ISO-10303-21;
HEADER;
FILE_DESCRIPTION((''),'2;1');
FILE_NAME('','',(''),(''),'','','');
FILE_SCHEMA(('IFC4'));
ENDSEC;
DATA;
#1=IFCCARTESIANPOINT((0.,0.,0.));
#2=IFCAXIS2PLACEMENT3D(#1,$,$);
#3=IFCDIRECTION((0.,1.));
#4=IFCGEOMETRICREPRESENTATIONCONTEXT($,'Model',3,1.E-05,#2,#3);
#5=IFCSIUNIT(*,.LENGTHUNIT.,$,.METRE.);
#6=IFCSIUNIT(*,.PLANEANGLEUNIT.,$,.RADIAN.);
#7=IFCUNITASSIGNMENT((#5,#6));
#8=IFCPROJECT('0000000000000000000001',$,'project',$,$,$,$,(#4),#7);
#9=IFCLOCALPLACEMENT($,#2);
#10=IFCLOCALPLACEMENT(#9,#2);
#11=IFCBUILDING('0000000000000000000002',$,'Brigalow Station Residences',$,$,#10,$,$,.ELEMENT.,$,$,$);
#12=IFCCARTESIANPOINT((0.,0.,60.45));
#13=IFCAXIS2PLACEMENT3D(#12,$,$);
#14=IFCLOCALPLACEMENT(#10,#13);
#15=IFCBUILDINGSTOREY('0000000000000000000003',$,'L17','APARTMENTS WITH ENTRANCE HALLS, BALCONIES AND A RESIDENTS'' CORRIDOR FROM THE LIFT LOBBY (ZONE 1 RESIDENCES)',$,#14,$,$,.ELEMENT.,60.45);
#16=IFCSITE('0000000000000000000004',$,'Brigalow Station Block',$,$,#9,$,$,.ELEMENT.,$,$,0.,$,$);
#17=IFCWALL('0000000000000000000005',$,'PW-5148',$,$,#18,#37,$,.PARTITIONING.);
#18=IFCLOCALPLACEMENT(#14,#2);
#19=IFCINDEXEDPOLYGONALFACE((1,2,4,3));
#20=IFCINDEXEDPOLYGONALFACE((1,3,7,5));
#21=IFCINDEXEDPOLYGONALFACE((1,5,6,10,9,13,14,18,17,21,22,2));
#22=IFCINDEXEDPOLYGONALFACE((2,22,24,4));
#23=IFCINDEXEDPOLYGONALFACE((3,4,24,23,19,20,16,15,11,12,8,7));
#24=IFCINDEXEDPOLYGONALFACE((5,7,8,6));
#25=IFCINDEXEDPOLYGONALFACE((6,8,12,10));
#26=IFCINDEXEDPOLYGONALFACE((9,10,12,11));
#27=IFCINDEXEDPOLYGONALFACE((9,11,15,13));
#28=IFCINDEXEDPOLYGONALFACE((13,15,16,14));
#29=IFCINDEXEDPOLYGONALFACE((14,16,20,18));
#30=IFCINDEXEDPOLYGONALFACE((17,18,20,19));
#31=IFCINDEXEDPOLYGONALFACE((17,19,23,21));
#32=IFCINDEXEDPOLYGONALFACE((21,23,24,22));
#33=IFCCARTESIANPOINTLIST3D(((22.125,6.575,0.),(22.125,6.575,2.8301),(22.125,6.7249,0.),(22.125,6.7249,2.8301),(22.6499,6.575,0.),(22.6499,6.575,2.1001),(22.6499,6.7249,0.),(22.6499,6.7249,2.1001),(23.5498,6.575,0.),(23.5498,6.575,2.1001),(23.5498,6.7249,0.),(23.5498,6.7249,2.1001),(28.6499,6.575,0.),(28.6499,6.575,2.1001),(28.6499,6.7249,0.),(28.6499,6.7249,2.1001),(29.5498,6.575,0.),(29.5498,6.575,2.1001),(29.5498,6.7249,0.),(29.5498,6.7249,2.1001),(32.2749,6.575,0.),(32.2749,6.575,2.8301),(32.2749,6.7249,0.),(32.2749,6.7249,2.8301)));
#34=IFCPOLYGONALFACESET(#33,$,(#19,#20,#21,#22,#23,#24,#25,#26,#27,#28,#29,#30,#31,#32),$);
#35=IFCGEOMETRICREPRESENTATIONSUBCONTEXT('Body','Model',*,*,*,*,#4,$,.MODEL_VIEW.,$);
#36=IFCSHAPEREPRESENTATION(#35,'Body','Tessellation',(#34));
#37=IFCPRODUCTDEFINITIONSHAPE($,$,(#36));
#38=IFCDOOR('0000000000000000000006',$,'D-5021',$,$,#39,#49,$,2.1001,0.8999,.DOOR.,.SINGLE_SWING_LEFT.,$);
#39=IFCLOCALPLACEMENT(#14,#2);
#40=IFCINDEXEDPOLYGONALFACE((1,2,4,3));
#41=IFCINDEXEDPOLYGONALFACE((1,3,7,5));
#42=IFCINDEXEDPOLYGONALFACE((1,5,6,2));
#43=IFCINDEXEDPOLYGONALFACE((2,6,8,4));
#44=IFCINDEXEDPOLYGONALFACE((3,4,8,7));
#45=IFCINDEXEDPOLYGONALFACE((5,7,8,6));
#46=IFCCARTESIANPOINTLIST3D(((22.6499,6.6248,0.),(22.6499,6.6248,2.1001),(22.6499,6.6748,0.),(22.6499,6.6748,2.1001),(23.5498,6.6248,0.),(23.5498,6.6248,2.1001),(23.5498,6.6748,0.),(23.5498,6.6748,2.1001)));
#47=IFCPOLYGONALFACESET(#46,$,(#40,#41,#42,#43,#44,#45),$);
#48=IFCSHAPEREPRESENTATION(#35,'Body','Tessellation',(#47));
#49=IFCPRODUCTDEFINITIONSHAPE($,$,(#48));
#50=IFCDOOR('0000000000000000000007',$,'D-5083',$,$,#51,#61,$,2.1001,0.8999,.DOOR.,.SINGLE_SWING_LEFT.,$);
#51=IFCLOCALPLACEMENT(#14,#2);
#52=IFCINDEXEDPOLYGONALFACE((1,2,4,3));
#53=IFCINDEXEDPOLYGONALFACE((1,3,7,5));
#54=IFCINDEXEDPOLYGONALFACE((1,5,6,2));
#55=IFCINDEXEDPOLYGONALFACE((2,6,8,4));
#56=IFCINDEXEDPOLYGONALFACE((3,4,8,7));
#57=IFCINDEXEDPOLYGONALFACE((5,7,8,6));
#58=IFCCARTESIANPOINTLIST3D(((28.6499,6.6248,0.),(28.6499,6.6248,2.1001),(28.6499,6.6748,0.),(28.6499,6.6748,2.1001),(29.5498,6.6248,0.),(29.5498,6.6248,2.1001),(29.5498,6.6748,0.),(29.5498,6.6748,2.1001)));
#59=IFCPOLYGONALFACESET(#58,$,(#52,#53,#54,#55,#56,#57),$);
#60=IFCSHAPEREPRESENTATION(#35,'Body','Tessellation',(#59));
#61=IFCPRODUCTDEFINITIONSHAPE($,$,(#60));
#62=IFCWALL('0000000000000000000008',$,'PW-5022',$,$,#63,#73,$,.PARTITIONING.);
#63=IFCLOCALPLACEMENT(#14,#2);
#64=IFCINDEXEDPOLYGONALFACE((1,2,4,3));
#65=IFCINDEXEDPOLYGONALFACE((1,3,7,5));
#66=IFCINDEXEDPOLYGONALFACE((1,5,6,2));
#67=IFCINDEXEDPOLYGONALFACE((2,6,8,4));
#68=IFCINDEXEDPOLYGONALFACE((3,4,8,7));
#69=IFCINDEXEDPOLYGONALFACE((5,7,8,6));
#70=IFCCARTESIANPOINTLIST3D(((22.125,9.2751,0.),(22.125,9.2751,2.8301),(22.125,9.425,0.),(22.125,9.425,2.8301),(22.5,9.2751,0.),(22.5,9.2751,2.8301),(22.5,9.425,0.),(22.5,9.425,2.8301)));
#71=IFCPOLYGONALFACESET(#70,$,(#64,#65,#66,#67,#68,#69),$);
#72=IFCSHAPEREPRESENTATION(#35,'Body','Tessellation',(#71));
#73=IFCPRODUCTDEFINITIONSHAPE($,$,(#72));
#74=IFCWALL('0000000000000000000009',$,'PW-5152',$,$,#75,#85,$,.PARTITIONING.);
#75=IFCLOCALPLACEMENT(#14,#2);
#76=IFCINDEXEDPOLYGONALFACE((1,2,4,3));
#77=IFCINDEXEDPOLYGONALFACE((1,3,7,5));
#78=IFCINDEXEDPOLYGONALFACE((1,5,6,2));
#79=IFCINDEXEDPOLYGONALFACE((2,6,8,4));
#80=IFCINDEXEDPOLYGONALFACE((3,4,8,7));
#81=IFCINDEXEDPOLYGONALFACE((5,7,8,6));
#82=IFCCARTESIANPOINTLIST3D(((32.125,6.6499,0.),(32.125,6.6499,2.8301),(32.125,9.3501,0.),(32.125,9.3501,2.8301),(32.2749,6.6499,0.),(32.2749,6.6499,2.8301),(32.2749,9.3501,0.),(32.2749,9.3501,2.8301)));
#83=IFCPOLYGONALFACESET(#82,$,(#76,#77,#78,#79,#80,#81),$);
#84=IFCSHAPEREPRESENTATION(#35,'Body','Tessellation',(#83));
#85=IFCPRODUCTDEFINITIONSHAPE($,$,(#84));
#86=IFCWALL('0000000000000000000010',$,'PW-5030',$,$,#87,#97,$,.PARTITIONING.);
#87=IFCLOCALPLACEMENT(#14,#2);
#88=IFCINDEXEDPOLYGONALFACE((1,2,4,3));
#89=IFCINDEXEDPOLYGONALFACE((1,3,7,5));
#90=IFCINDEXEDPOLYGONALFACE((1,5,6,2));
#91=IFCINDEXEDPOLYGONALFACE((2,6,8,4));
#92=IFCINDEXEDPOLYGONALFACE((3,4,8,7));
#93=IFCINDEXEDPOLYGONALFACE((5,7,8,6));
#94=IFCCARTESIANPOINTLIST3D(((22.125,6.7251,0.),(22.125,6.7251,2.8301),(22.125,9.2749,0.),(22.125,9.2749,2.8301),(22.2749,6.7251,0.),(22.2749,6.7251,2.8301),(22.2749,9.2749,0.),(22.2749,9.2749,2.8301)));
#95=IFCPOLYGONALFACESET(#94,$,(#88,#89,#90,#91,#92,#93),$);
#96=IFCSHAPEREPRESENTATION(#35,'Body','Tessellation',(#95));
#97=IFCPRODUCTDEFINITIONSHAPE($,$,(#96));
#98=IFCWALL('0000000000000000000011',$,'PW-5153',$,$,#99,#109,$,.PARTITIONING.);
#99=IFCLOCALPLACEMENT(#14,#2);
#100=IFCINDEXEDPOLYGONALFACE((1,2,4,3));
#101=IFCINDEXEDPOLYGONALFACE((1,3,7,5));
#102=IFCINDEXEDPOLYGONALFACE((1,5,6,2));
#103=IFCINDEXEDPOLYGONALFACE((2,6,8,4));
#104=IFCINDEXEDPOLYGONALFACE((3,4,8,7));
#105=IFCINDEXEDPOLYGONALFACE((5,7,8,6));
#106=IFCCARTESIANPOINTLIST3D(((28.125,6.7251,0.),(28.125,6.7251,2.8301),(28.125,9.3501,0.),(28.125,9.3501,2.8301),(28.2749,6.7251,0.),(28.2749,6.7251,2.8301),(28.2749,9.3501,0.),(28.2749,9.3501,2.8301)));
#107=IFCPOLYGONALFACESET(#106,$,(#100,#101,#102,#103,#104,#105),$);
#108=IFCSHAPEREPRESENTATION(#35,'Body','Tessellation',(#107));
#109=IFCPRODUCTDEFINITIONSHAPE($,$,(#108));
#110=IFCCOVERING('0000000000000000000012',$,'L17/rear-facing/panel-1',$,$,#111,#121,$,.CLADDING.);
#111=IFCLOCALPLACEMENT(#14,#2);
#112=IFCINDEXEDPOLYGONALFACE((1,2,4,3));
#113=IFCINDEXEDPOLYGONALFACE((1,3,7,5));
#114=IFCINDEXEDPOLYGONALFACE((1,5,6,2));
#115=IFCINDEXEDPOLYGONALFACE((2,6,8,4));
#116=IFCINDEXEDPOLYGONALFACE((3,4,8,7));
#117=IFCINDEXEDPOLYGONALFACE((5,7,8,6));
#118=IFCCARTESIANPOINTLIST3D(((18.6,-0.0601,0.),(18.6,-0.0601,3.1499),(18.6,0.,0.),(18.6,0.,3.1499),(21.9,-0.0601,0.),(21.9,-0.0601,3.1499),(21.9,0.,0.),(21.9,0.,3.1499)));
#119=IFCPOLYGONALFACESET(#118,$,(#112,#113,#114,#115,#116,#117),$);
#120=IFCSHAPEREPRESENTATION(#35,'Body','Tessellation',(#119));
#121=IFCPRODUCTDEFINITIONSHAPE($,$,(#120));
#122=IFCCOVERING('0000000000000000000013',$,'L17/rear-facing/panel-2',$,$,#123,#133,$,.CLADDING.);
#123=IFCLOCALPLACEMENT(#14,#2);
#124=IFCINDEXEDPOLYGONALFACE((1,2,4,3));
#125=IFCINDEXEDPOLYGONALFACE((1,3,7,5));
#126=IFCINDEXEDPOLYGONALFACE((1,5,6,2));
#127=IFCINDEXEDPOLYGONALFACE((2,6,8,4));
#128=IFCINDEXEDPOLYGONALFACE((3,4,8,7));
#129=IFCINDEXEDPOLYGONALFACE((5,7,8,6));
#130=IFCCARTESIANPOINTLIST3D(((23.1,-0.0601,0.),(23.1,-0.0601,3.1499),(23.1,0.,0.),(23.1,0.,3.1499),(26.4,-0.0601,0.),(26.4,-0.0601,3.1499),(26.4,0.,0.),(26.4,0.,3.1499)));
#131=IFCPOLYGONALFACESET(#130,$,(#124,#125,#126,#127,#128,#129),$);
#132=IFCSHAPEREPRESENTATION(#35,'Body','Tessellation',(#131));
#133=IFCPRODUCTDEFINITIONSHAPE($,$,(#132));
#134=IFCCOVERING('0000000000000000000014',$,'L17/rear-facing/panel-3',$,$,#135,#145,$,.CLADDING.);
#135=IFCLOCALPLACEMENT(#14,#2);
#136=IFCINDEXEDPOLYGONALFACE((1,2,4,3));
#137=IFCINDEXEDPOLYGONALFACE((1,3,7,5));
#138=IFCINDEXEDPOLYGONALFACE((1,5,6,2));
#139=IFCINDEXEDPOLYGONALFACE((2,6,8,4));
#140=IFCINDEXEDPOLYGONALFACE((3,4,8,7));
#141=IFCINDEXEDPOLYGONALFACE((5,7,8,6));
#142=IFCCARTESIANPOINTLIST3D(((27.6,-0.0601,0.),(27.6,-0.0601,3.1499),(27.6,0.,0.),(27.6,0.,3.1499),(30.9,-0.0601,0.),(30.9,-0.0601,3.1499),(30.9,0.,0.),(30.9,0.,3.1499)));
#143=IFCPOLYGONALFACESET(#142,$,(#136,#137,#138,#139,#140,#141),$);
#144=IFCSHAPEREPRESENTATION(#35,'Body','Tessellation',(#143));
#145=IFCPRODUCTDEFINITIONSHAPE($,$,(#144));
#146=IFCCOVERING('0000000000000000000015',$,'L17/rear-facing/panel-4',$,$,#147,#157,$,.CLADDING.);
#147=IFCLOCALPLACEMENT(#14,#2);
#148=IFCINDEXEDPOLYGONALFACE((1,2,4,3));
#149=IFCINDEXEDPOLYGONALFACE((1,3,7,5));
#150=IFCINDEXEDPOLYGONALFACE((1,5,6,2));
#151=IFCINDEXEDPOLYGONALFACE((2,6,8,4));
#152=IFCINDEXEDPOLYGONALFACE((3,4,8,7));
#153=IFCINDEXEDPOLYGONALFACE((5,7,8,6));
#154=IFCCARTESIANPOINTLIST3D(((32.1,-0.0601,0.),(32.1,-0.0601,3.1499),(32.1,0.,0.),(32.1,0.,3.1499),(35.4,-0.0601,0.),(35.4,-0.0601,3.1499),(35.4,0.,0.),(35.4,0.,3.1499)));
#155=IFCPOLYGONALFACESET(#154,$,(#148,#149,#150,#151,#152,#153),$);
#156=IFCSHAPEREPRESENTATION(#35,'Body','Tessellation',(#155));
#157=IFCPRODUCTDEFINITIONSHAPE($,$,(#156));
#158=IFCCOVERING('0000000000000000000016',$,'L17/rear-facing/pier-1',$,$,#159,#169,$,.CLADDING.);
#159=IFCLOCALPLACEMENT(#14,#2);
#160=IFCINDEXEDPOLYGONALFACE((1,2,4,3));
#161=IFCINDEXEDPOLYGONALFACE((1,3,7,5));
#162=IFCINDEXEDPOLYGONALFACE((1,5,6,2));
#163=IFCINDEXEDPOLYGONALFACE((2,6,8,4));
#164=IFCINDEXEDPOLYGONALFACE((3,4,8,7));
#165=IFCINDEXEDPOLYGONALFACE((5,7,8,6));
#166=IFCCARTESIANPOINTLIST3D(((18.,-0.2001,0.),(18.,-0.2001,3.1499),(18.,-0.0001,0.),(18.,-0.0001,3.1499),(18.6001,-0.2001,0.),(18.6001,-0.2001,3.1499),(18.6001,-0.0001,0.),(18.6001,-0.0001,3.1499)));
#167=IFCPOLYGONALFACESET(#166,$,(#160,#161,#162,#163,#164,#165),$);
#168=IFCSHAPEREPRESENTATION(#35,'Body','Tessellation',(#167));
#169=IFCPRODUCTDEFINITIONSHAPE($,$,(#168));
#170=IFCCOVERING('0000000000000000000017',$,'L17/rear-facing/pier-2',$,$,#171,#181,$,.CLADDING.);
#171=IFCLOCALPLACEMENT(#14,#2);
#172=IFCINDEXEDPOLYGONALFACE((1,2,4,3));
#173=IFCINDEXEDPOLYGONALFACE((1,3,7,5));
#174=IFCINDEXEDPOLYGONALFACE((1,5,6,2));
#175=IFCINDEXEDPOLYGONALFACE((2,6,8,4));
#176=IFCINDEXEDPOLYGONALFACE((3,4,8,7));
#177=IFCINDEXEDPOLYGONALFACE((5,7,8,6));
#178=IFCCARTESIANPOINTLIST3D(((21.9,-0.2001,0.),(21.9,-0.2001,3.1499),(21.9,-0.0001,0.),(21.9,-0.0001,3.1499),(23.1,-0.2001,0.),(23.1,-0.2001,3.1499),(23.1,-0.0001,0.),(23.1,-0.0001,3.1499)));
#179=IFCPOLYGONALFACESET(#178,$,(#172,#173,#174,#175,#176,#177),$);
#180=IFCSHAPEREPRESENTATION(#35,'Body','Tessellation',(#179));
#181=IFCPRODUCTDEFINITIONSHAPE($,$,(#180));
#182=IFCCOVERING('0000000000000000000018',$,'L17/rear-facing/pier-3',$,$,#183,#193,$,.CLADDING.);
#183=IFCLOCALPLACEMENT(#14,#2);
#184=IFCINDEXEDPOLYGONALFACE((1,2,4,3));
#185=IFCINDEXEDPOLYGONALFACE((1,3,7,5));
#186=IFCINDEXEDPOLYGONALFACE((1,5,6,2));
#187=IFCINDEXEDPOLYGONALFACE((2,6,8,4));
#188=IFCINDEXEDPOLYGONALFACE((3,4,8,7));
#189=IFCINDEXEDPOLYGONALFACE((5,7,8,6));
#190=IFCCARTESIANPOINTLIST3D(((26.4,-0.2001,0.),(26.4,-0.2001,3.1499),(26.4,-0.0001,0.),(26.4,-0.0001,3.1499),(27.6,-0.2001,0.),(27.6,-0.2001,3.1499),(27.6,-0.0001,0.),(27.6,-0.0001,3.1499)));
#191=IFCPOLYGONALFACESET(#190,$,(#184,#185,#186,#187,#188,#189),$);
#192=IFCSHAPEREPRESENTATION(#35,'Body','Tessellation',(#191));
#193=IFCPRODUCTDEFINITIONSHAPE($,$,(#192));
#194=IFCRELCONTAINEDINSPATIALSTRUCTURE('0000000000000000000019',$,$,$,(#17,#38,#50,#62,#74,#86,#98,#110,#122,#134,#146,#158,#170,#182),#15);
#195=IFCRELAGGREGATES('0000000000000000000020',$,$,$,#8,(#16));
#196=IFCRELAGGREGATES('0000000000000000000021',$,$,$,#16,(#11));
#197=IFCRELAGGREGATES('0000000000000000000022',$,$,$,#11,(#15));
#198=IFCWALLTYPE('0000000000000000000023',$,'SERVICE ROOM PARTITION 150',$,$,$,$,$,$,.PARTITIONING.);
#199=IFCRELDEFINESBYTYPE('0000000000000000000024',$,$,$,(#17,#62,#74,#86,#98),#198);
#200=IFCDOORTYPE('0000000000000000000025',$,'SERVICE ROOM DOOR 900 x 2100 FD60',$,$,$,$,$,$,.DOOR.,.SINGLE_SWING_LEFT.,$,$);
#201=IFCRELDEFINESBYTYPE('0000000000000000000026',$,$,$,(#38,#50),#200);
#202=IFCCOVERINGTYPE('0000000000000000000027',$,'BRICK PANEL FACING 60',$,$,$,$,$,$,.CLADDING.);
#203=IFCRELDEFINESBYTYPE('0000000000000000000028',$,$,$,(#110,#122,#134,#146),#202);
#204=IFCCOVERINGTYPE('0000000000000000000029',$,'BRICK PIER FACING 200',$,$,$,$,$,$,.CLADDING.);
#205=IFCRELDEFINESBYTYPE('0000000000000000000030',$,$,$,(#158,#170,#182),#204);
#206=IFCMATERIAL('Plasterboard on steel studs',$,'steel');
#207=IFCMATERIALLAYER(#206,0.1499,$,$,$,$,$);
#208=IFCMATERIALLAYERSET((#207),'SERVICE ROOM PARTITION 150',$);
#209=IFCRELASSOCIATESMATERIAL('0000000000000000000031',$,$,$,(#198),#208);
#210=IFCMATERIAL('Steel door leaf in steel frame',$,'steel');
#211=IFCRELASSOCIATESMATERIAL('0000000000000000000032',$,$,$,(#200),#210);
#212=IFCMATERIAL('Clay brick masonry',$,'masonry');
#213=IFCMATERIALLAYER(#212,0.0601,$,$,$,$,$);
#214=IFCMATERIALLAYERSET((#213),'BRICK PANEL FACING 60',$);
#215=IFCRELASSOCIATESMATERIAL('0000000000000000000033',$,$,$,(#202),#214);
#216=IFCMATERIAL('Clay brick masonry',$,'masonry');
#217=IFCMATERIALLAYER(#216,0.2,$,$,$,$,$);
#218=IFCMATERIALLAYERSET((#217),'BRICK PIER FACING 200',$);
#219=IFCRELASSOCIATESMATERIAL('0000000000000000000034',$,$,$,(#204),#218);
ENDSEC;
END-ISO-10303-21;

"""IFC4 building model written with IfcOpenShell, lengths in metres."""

from ifc_helpers import new_model, si_unit, direction, frame, frame_2d, origin, origin_2d, place, context, subcontext, project, spatial, rectangle, extrude, material, layer, layer_set, type_object, element, fill, save


model = new_model("IFC4")

# Units and contexts
model_context = context("Model", 3, precision=1e-05, world=origin(), true_north=direction((0.0, 1.0)))
body_context = subcontext(model_context, "Body", "Model", "MODEL_VIEW")
ifc_project = project(units=[si_unit("LENGTHUNIT", "METRE"), si_unit("PLANEANGLEUNIT", "RADIAN")], contexts=[model_context])

# Site, building, storey
site_placement = place(None, origin())
site = spatial("IfcSite", under=ifc_project, at=site_placement, Name="Brigalow Station Block", CompositionType="ELEMENT", RefElevation=0.0)
building_placement = place(site_placement, origin())
building = spatial("IfcBuilding", under=site, at=building_placement, Name="Brigalow Station Residences", CompositionType="ELEMENT")
storey_placement = place(building_placement, frame((0.0, 0.0, 60.45)))
storey = spatial("IfcBuildingStorey", under=building, at=storey_placement, Name="L17", Description="APARTMENTS WITH ENTRANCE HALLS, BALCONIES AND A RESIDENTS' CORRIDOR FROM THE LIFT LOBBY (ZONE 1 RESIDENCES)", CompositionType="ELEMENT", Elevation=60.45)

# Shared definitions
ifc_material_1 = material(Name="Plasterboard on steel studs", Category="steel")
ifc_layer_1 = layer(ifc_material_1, 0.1499)
ifc_layer_set_1 = layer_set([ifc_layer_1], Name="SERVICE ROOM PARTITION 150")
wall_type_1 = type_object("IfcWallType", Name="SERVICE ROOM PARTITION 150", PredefinedType="PARTITIONING", material=ifc_layer_set_1)
ifc_material_2 = material(Name="Steel door leaf in steel frame", Category="steel")
door_type_1 = type_object("IfcDoorType", Name="SERVICE ROOM DOOR 900 x 2100 FD60", OperationType="SINGLE_SWING_LEFT", PredefinedType="DOOR", material=ifc_material_2)

# Wall, openings, doors
wall_1_placement = place(storey_placement, frame((22.125, 6.6499, 0.0), z_axis=(0.0, 0.0, 1.0), x_axis=(1.0, 0.0, 0.0)))
wall_1 = element("IfcWall", 1, at=wall_1_placement, inside=storey, type_object=wall_type_1, Name="PW-5148", PredefinedType="PARTITIONING", context=body_context, shape_type="SweptSolid", body=[
    extrude(rectangle(XDim=10.1499, YDim=0.1499, at=frame_2d((5.075, 0.0))), origin(), (0.0, 0.0, 1.0), 2.8301),
])
opening_1_placement = place(wall_1_placement, frame((0.5249, 0.0, 0.0)))
opening_1 = element("IfcOpeningElement", 2, at=opening_1_placement, cuts=wall_1, PredefinedType="OPENING", context=body_context, shape_type="SweptSolid", body=[
    extrude(rectangle(XDim=0.8999, YDim=2.1001, at=frame_2d((0.45, 1.05))), frame((0.0, 0.085, 0.0), z_axis=(0.0, -1.0, 0.0), x_axis=(1.0, 0.0, 0.0)), (0.0, 0.0, 1.0), 0.1699),
])
opening_2_placement = place(wall_1_placement, frame((6.5249, 0.0, 0.0)))
opening_2 = element("IfcOpeningElement", 3, at=opening_2_placement, cuts=wall_1, PredefinedType="OPENING", context=body_context, shape_type="SweptSolid", body=[
    extrude(rectangle(XDim=0.8999, YDim=2.1001, at=frame_2d((0.45, 1.05))), frame((0.0, 0.085, 0.0), z_axis=(0.0, -1.0, 0.0), x_axis=(1.0, 0.0, 0.0)), (0.0, 0.0, 1.0), 0.1699),
])
door_1_placement = place(opening_1_placement, origin())
door_1 = element("IfcDoor", 4, at=door_1_placement, inside=storey, type_object=door_type_1, Name="D-5021", OperationType="SINGLE_SWING_LEFT", OverallHeight=2.1001, OverallWidth=0.8999, PredefinedType="DOOR", context=body_context, shape_type="SweptSolid", body=[
    extrude(rectangle(XDim=0.8999, YDim=2.1001, at=frame_2d((0.45, 1.05))), frame((0.0, 0.0249, 0.0), z_axis=(0.0, -1.0, 0.0), x_axis=(1.0, 0.0, 0.0)), (0.0, 0.0, 1.0), 0.05),
])
fill(opening_1, door_1)
door_2_placement = place(opening_2_placement, origin())
door_2 = element("IfcDoor", 5, at=door_2_placement, inside=storey, type_object=door_type_1, Name="D-5083", OperationType="SINGLE_SWING_LEFT", OverallHeight=2.1001, OverallWidth=0.8999, PredefinedType="DOOR", context=body_context, shape_type="SweptSolid", body=[
    extrude(rectangle(XDim=0.8999, YDim=2.1001, at=frame_2d((0.45, 1.05))), frame((0.0, 0.0249, 0.0), z_axis=(0.0, -1.0, 0.0), x_axis=(1.0, 0.0, 0.0)), (0.0, 0.0, 1.0), 0.05),
])
fill(opening_2, door_2)

# Walls
wall_2_placement = place(storey_placement, frame((22.125, 9.3501, 0.0), z_axis=(0.0, 0.0, 1.0), x_axis=(1.0, 0.0, 0.0)))
element("IfcWall", 6, at=wall_2_placement, inside=storey, type_object=wall_type_1, Name="PW-5022", PredefinedType="PARTITIONING", context=body_context, shape_type="SweptSolid", body=[
    extrude(rectangle(XDim=0.375, YDim=0.1499, at=frame_2d((0.1875, 0.0))), origin(), (0.0, 0.0, 1.0), 2.8301),
])
wall_3_placement = place(storey_placement, frame((32.2, 6.6499, 0.0), z_axis=(0.0, 0.0, 1.0), x_axis=(0.0, 1.0, 0.0)))
element("IfcWall", 7, at=wall_3_placement, inside=storey, type_object=wall_type_1, Name="PW-5152", PredefinedType="PARTITIONING", context=body_context, shape_type="SweptSolid", body=[
    extrude(rectangle(XDim=2.7002, YDim=0.1499, at=frame_2d((1.3501, 0.0))), origin(), (0.0, 0.0, 1.0), 2.8301),
])
wall_4_placement = place(storey_placement, frame((22.2, 6.7251, 0.0), z_axis=(0.0, 0.0, 1.0), x_axis=(0.0, 1.0, 0.0)))
element("IfcWall", 8, at=wall_4_placement, inside=storey, type_object=wall_type_1, Name="PW-5030", PredefinedType="PARTITIONING", context=body_context, shape_type="SweptSolid", body=[
    extrude(rectangle(XDim=2.5498, YDim=0.1499, at=frame_2d((1.2749, 0.0))), origin(), (0.0, 0.0, 1.0), 2.8301),
])
wall_5_placement = place(storey_placement, frame((28.2, 6.7251, 0.0), z_axis=(0.0, 0.0, 1.0), x_axis=(0.0, 1.0, 0.0)))
element("IfcWall", 9, at=wall_5_placement, inside=storey, type_object=wall_type_1, Name="PW-5153", PredefinedType="PARTITIONING", context=body_context, shape_type="SweptSolid", body=[
    extrude(rectangle(XDim=2.625, YDim=0.1499, at=frame_2d((1.3125, 0.0))), origin(), (0.0, 0.0, 1.0), 2.8301),
])

# Coverings
ifc_material_3 = material(Name="Clay brick masonry", Category="masonry")
ifc_layer_2 = layer(ifc_material_3, 0.0601)
ifc_layer_set_2 = layer_set([ifc_layer_2], Name="BRICK PANEL FACING 60")
covering_type_1 = type_object("IfcCoveringType", Name="BRICK PANEL FACING 60", PredefinedType="CLADDING", material=ifc_layer_set_2)
for number, where, z_axis, x_axis, name in (
    (10, (20.25, -0.03, 0.0), (0.0, 0.0, 1.0), (1.0, 0.0, 0.0), "L17/rear-facing/panel-1"),
    (11, (24.75, -0.03, 0.0), (0.0, 0.0, 1.0), (1.0, 0.0, 0.0), "L17/rear-facing/panel-2"),
    (12, (29.25, -0.03, 0.0), (0.0, 0.0, 1.0), (1.0, 0.0, 0.0), "L17/rear-facing/panel-3"),
    (13, (33.75, -0.03, 0.0), (0.0, 0.0, 1.0), (1.0, 0.0, 0.0), "L17/rear-facing/panel-4"),
):
    element("IfcCovering", number, at=place(storey_placement, frame(where, z_axis=z_axis, x_axis=x_axis)), inside=storey, type_object=covering_type_1, Name=name, PredefinedType="CLADDING", context=body_context, shape_type="SweptSolid", body=[
        extrude(rectangle(XDim=3.3, YDim=0.0601, at=origin_2d()), origin(), (0.0, 0.0, 1.0), 3.1499),
    ])
ifc_material_4 = material(Name="Clay brick masonry", Category="masonry")
ifc_layer_3 = layer(ifc_material_4, 0.2)
ifc_layer_set_3 = layer_set([ifc_layer_3], Name="BRICK PIER FACING 200")
covering_type_2 = type_object("IfcCoveringType", Name="BRICK PIER FACING 200", PredefinedType="CLADDING", material=ifc_layer_set_3)
covering_placement = place(storey_placement, frame((18.3, -0.1001, 0.0), z_axis=(0.0, 0.0, 1.0), x_axis=(1.0, 0.0, 0.0)))
element("IfcCovering", 14, at=covering_placement, inside=storey, type_object=covering_type_2, Name="L17/rear-facing/pier-1", PredefinedType="CLADDING", context=body_context, shape_type="SweptSolid", body=[
    extrude(rectangle(XDim=0.6001, YDim=0.2, at=origin_2d()), origin(), (0.0, 0.0, 1.0), 3.1499),
])
for number, where, z_axis, x_axis, name in (
    (15, (22.5, -0.1001, 0.0), (0.0, 0.0, 1.0), (1.0, 0.0, 0.0), "L17/rear-facing/pier-2"),
    (16, (27.0, -0.1001, 0.0), (0.0, 0.0, 1.0), (1.0, 0.0, 0.0), "L17/rear-facing/pier-3"),
):
    element("IfcCovering", number, at=place(storey_placement, frame(where, z_axis=z_axis, x_axis=x_axis)), inside=storey, type_object=covering_type_2, Name=name, PredefinedType="CLADDING", context=body_context, shape_type="SweptSolid", body=[
        extrude(rectangle(XDim=1.2, YDim=0.2, at=origin_2d()), origin(), (0.0, 0.0, 1.0), 3.1499),
    ])

save(model, "model.ifc")
